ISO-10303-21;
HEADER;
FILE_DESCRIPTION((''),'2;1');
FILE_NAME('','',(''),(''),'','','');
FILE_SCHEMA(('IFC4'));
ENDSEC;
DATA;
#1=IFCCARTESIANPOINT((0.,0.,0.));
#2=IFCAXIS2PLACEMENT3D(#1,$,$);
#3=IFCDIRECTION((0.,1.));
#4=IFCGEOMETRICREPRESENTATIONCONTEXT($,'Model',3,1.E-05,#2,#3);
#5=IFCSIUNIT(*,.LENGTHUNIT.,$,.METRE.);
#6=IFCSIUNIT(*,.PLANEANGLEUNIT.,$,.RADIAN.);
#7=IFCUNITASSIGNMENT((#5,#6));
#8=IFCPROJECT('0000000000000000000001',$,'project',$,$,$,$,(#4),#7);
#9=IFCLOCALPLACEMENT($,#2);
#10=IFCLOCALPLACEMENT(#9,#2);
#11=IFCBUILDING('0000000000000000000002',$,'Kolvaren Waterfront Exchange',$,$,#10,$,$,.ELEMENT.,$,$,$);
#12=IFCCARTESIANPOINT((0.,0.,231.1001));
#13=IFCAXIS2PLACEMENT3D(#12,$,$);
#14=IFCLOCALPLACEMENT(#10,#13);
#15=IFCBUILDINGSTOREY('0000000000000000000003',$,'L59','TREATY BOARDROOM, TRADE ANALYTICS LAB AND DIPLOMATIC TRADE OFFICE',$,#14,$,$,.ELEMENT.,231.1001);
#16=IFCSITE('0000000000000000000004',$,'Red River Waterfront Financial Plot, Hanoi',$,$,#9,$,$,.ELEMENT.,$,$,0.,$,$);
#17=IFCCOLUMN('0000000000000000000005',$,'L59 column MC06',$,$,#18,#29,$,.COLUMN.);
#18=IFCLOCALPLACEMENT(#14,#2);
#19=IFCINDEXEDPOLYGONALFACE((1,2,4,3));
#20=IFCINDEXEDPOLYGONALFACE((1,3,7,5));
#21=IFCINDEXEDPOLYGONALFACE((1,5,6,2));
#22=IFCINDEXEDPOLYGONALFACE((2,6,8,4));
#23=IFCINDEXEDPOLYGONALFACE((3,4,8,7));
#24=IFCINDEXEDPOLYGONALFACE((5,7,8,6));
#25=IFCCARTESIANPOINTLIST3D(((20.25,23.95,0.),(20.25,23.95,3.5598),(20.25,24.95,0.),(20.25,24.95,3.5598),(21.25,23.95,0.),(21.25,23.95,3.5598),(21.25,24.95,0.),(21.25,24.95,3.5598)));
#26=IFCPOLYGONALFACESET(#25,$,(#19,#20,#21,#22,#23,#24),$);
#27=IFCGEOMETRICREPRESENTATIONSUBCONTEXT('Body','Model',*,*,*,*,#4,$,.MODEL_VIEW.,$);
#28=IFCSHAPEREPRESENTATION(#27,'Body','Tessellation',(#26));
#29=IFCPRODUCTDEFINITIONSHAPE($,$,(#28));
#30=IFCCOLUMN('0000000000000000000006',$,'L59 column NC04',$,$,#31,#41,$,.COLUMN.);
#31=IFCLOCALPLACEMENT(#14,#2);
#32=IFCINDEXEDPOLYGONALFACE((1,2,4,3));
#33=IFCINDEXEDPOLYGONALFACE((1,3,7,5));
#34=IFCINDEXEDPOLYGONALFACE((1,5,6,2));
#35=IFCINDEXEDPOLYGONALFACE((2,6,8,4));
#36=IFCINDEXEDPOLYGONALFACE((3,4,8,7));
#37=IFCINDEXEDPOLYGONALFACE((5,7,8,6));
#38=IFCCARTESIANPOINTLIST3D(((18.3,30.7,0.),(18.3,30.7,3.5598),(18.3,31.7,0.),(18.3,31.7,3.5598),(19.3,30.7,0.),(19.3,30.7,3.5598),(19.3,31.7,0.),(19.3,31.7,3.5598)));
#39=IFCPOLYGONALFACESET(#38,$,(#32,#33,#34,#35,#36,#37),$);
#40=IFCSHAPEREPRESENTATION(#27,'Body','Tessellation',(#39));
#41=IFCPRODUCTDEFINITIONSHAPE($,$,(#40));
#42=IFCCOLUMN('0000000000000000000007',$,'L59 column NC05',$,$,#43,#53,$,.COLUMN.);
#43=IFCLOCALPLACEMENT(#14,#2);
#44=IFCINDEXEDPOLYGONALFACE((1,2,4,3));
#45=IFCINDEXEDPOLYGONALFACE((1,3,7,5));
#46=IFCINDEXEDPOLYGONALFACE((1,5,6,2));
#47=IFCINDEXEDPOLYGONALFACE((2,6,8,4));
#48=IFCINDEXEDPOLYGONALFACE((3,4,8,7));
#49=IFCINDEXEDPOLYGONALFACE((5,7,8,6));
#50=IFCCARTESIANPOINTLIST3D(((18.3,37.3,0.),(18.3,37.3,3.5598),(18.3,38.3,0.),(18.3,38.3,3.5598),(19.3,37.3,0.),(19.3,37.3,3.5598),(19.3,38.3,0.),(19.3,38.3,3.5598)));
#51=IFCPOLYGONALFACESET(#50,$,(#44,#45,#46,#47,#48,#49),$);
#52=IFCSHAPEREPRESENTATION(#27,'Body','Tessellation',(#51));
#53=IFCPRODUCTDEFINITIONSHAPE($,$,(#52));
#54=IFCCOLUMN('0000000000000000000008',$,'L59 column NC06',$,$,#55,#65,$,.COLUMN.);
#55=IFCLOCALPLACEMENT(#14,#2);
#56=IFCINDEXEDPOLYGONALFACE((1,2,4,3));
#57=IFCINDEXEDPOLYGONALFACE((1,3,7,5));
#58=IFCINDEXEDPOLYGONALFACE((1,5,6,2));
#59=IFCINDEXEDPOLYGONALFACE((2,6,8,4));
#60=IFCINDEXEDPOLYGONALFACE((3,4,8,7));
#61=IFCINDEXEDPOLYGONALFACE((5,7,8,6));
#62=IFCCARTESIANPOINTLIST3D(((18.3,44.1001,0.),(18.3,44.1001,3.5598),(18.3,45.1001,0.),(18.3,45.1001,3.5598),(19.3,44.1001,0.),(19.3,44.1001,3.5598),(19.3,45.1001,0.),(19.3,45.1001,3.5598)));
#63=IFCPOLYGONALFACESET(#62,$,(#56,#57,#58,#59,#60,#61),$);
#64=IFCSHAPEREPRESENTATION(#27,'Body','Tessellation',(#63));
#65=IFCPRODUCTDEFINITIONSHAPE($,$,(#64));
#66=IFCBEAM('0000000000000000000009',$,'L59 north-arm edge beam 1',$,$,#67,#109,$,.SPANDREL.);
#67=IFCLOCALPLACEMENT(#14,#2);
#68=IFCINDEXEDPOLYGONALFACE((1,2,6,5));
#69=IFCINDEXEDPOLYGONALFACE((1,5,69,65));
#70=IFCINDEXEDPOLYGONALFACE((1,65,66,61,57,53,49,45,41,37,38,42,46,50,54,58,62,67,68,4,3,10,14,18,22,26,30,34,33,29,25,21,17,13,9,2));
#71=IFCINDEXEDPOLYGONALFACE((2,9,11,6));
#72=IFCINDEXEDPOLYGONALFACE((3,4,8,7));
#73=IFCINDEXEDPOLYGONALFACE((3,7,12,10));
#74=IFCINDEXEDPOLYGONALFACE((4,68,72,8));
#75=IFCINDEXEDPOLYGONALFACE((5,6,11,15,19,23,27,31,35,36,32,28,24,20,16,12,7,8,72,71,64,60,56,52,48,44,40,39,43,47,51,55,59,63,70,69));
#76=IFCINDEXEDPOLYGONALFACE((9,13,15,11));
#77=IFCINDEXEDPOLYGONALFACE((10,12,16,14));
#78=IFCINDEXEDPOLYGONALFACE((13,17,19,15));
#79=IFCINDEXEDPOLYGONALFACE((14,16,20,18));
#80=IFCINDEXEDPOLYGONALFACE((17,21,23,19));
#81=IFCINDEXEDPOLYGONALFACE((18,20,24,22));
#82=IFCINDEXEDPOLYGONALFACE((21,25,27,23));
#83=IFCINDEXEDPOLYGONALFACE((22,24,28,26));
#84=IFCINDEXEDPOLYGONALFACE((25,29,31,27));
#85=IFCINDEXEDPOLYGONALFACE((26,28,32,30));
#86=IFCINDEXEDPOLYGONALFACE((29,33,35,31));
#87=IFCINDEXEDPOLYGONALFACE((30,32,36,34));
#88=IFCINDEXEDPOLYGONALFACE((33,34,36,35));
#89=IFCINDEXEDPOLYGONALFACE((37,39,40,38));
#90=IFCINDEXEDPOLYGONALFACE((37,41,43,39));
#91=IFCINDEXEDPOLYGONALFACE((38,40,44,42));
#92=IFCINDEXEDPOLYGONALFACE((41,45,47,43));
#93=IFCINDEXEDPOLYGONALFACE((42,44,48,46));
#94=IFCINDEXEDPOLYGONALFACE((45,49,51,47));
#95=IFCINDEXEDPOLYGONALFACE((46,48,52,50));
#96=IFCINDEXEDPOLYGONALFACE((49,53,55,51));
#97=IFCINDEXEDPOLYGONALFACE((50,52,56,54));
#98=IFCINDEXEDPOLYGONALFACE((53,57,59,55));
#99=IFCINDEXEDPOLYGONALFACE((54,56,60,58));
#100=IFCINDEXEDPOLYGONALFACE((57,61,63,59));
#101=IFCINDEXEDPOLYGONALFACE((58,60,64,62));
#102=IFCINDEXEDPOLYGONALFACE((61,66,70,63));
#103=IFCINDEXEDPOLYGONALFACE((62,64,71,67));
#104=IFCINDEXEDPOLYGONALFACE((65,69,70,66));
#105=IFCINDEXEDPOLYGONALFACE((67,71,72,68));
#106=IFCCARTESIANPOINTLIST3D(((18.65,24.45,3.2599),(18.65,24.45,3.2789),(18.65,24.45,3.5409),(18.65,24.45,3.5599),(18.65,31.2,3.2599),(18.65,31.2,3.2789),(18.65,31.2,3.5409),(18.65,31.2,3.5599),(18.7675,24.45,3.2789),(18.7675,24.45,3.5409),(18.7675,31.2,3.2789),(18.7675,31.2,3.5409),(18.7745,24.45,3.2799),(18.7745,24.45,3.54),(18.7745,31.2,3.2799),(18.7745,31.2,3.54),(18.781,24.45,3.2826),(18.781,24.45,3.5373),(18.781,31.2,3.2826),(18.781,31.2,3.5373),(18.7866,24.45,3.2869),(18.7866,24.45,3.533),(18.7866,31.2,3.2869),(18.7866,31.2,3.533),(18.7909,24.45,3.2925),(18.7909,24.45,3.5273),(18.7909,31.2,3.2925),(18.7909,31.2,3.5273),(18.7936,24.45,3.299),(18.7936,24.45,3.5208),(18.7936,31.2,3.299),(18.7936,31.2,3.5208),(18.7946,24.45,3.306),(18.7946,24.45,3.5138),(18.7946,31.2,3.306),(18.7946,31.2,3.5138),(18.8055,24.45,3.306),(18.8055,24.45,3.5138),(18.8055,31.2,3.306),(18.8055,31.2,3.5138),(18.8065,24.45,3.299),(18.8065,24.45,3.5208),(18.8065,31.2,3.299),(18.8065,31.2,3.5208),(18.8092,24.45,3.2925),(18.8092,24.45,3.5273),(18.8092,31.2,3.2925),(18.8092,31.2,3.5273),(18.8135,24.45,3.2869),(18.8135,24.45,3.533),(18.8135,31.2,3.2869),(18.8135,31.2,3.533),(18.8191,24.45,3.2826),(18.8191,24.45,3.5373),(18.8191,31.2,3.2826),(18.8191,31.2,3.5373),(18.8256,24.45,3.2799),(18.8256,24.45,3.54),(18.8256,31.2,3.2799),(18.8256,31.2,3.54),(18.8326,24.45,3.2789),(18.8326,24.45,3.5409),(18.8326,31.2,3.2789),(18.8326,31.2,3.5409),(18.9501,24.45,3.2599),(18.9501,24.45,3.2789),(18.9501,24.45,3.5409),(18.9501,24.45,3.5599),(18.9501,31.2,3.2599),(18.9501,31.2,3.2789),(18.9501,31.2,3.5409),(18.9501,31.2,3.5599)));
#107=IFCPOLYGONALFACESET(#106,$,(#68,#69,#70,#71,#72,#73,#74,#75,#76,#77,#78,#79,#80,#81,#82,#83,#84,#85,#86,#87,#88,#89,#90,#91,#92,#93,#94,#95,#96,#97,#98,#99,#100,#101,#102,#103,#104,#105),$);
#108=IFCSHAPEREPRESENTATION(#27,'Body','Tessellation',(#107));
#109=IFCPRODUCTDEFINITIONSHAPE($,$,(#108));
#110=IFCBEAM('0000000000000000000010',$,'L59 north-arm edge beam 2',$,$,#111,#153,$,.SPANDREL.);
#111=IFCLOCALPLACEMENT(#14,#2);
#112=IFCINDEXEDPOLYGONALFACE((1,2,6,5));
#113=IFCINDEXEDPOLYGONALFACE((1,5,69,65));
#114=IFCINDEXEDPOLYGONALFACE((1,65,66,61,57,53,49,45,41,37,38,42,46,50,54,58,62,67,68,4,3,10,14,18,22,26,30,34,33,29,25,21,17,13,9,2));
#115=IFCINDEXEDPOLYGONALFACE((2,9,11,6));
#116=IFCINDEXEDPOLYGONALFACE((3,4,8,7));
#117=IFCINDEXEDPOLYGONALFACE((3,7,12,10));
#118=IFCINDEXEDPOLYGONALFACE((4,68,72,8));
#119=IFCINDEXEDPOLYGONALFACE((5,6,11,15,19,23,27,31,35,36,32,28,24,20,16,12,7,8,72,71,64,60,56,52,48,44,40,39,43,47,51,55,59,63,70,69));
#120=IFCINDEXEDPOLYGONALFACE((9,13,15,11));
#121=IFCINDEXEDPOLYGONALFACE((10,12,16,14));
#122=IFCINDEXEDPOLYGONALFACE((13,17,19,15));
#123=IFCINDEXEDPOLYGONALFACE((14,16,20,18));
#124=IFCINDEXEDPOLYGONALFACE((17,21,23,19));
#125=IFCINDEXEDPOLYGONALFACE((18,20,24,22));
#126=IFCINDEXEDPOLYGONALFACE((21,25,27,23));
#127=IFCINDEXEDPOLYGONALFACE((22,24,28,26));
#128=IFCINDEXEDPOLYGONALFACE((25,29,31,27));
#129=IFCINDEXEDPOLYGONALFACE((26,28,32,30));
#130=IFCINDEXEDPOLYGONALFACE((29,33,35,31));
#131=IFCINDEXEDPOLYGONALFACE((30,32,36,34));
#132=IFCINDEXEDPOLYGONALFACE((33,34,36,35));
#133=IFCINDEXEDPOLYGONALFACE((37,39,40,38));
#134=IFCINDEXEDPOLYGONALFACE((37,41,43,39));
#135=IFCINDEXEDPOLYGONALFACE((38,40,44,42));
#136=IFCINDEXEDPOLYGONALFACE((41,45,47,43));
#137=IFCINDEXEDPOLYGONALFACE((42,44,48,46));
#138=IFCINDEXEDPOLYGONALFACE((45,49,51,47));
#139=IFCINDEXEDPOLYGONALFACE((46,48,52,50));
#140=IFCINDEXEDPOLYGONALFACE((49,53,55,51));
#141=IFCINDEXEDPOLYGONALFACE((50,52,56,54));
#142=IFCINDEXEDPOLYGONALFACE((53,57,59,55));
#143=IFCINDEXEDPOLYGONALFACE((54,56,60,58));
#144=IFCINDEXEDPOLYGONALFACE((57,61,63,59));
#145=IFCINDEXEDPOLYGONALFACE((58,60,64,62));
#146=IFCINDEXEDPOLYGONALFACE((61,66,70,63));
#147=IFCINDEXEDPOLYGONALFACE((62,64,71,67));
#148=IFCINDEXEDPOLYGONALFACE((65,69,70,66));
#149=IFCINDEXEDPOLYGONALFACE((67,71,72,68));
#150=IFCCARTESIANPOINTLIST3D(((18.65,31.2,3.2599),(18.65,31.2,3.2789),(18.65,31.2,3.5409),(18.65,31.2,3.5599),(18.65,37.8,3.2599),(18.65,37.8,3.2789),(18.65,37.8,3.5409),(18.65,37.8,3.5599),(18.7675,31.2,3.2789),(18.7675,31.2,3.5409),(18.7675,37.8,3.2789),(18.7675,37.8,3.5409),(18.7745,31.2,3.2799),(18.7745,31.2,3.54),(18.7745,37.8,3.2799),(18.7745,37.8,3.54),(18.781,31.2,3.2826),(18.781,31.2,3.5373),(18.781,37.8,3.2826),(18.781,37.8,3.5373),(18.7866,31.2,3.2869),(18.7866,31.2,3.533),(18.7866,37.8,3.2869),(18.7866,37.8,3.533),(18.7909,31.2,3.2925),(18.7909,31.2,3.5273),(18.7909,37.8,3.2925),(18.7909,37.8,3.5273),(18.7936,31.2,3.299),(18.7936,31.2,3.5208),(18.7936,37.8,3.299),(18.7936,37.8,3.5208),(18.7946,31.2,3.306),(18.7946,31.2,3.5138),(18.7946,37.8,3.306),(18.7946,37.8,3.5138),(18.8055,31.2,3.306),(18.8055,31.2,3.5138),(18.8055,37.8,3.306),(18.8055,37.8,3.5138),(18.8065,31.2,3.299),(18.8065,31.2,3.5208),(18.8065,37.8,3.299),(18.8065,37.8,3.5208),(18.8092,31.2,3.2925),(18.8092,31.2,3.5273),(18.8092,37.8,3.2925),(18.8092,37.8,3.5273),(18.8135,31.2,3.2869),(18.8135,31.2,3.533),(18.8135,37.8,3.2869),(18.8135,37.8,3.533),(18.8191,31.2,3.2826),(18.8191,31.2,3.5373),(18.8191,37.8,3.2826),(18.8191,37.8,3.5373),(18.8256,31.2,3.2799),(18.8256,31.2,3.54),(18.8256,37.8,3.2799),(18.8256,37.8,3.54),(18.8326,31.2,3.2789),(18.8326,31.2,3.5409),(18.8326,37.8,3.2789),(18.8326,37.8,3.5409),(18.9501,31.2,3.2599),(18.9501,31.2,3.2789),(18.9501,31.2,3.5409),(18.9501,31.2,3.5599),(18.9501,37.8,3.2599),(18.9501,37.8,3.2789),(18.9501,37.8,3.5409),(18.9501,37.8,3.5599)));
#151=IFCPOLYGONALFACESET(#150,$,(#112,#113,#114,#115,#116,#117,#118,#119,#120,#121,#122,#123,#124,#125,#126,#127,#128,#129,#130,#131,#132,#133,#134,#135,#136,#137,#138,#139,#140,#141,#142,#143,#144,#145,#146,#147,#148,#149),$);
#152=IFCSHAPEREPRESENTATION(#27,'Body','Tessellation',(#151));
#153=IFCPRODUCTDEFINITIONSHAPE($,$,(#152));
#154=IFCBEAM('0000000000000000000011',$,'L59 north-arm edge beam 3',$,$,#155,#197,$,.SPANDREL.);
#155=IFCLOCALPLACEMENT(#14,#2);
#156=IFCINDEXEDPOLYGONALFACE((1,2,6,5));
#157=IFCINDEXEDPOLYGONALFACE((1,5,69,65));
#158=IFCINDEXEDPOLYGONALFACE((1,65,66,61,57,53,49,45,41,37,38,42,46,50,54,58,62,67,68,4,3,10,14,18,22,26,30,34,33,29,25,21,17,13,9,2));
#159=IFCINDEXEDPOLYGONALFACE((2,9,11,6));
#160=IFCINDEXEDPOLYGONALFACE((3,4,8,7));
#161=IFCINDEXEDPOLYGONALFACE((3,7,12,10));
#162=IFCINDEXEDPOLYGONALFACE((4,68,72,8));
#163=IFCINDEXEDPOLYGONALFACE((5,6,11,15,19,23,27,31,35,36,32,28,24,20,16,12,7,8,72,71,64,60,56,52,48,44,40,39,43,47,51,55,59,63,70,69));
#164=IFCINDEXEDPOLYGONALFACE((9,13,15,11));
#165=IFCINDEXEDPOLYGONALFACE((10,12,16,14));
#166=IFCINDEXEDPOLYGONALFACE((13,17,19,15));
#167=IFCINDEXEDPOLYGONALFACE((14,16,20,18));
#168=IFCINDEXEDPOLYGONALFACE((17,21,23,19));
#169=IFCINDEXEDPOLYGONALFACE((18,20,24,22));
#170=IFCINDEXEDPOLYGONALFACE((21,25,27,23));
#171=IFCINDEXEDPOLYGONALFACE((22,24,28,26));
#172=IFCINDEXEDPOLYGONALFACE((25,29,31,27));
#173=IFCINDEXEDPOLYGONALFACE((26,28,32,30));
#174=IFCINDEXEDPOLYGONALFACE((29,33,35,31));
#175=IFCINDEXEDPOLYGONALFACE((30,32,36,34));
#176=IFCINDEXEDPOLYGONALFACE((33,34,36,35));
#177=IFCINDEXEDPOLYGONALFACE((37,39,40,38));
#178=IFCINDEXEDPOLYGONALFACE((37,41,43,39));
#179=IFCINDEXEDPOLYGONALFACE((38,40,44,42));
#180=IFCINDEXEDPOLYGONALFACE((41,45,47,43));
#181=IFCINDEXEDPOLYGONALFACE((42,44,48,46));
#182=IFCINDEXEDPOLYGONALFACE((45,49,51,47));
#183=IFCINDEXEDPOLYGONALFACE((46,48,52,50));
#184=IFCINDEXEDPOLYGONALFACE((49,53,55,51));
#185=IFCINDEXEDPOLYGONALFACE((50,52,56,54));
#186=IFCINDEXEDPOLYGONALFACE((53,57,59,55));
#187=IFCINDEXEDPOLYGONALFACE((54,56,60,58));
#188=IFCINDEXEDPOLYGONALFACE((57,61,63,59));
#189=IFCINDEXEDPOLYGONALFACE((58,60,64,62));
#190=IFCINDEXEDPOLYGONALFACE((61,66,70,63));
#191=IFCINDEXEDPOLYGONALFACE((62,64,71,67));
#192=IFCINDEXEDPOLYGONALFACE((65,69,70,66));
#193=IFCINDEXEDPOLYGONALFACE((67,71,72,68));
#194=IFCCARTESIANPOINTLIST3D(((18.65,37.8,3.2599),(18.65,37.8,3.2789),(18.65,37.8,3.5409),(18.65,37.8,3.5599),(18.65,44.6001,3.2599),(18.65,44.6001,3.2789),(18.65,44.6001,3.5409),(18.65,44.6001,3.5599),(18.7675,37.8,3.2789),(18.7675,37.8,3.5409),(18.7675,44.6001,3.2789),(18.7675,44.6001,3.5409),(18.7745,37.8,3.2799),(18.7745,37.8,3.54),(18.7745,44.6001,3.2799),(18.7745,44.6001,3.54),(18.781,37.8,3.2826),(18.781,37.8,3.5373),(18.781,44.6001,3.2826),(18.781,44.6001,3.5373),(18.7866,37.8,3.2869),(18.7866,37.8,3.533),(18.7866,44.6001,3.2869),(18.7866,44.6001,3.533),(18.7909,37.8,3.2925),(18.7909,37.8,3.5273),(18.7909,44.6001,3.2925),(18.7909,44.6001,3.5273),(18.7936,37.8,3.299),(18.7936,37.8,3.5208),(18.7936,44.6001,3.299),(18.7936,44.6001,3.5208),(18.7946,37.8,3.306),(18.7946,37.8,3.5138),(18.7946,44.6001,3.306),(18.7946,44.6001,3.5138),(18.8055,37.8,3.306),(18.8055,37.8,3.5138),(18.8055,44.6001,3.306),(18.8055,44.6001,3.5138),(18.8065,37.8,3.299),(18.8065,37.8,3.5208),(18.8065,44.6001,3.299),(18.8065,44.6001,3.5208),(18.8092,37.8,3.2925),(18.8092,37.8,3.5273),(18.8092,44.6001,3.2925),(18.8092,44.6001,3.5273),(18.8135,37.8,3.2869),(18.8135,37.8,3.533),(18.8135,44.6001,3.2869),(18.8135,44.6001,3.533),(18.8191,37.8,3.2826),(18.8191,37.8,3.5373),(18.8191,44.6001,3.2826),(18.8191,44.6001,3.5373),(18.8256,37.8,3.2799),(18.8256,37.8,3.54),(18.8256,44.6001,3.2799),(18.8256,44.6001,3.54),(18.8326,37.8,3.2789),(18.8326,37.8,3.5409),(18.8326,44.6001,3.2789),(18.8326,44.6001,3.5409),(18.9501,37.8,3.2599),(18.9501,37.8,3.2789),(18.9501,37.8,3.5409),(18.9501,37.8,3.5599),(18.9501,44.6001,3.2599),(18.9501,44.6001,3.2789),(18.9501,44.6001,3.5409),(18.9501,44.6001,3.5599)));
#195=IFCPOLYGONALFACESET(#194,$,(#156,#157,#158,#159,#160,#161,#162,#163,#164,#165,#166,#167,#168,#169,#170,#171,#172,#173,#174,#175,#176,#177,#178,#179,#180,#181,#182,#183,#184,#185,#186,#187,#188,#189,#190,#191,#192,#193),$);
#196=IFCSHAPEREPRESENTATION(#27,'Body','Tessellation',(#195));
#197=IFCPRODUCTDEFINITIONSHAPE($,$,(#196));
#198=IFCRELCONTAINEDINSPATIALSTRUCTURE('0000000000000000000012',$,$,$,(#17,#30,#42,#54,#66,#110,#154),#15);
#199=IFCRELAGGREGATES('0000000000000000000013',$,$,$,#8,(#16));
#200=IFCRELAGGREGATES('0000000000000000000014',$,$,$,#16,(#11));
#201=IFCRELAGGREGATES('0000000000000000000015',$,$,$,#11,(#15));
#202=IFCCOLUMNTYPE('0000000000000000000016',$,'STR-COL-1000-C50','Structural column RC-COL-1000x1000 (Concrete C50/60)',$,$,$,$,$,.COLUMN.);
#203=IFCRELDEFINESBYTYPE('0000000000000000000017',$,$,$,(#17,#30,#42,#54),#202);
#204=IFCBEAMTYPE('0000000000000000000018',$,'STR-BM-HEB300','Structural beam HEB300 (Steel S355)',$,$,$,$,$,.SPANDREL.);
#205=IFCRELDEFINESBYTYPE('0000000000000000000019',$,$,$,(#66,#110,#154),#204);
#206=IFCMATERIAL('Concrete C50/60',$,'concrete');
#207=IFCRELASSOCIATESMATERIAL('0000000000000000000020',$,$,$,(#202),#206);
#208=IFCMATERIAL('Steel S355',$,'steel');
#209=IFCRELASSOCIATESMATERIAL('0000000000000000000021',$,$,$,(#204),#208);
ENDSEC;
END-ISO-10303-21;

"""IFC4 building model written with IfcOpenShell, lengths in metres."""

from ifc_helpers import new_model, si_unit, direction, frame, origin, origin_2d, place, context, subcontext, project, spatial, rectangle, i_section, extrude, material, material_profile, profile_set, type_object, element, save


model = new_model("IFC4")

# Units and contexts
model_context = context("Model", 3, precision=1e-05, world=origin(), true_north=direction((0.0, 1.0)))
body_context = subcontext(model_context, "Body", "Model", "MODEL_VIEW")
ifc_project = project(units=[si_unit("LENGTHUNIT", "METRE"), si_unit("PLANEANGLEUNIT", "RADIAN")], contexts=[model_context])

# Site, building, storey
site_placement = place(None, origin())
site = spatial("IfcSite", under=ifc_project, at=site_placement, Name="Red River Waterfront Financial Plot, Hanoi", CompositionType="ELEMENT", RefElevation=0.0)
building_placement = place(site_placement, origin())
building = spatial("IfcBuilding", under=site, at=building_placement, Name="Kolvaren Waterfront Exchange", CompositionType="ELEMENT")
storey_placement = place(building_placement, frame((0.0, 0.0, 231.1001)))
storey = spatial("IfcBuildingStorey", under=building, at=storey_placement, Name="L59", Description="TREATY BOARDROOM, TRADE ANALYTICS LAB AND DIPLOMATIC TRADE OFFICE", CompositionType="ELEMENT", Elevation=231.1001)

# Columns
ifc_material_1 = material(Name="Concrete C50/60", Category="concrete")
ifc_material_profile_1 = material_profile(ifc_material_1, rectangle(XDim=1.0, YDim=1.0, at=origin_2d()), Name="RC-COL-1000x1000")
ifc_profile_set_1 = profile_set([ifc_material_profile_1], Name="Concrete C50/60")
column_type = type_object("IfcColumnType", Name="STR-COL-1000-C50", Description="Structural column RC-COL-1000x1000 (Concrete C50/60)", PredefinedType="COLUMN", material=ifc_profile_set_1)
for number, where, z_axis, x_axis, name in (
    (1, (20.75, 24.45, 0.0), (0.0, 0.0, 1.0), (1.0, 0.0, 0.0), "L59 column MC06"),
    (2, (18.8, 31.2, 0.0), (0.0, 0.0, 1.0), (1.0, 0.0, 0.0), "L59 column NC04"),
    (3, (18.8, 37.8, 0.0), (0.0, 0.0, 1.0), (1.0, 0.0, 0.0), "L59 column NC05"),
    (4, (18.8, 44.6001, 0.0), (0.0, 0.0, 1.0), (1.0, 0.0, 0.0), "L59 column NC06"),
):
    element("IfcColumn", number, at=place(storey_placement, frame(where, z_axis=z_axis, x_axis=x_axis)), inside=storey, type_object=column_type, Name=name, PredefinedType="COLUMN", context=body_context, shape_type="SweptSolid", body=[
        extrude(rectangle(XDim=1.0, YDim=1.0, at=origin_2d()), origin(), (0.0, 0.0, 1.0), 3.5598),
    ])

# Beams
ifc_material_2 = material(Name="Steel S355", Category="steel")
ifc_material_profile_2 = material_profile(ifc_material_2, i_section(OverallWidth=0.3, OverallDepth=0.3, WebThickness=0.011, FlangeThickness=0.019, FilletRadius=0.0271, at=origin_2d()), Name="HEB300")
ifc_profile_set_2 = profile_set([ifc_material_profile_2], Name="Steel S355")
beam_type = type_object("IfcBeamType", Name="STR-BM-HEB300", Description="Structural beam HEB300 (Steel S355)", PredefinedType="SPANDREL", material=ifc_profile_set_2)
beam_1_placement = place(storey_placement, frame((18.8, 24.45, 3.4099), z_axis=(0.0, 1.0, 0.0), x_axis=(-1.0, 0.0, 0.0)))
element("IfcBeam", 5, at=beam_1_placement, inside=storey, type_object=beam_type, Name="L59 north-arm edge beam 1", PredefinedType="SPANDREL", context=body_context, shape_type="SweptSolid", body=[
    extrude(i_section(OverallWidth=0.3, OverallDepth=0.3, WebThickness=0.011, FlangeThickness=0.019, FilletRadius=0.0271, at=origin_2d()), origin(), (0.0, 0.0, 1.0), 6.75),
])
beam_2_placement = place(storey_placement, frame((18.8, 31.2, 3.4099), z_axis=(0.0, 1.0, 0.0), x_axis=(-1.0, 0.0, 0.0)))
element("IfcBeam", 6, at=beam_2_placement, inside=storey, type_object=beam_type, Name="L59 north-arm edge beam 2", PredefinedType="SPANDREL", context=body_context, shape_type="SweptSolid", body=[
    extrude(i_section(OverallWidth=0.3, OverallDepth=0.3, WebThickness=0.011, FlangeThickness=0.019, FilletRadius=0.0271, at=origin_2d()), origin(), (0.0, 0.0, 1.0), 6.6001),
])
beam_3_placement = place(storey_placement, frame((18.8, 37.8, 3.4099), z_axis=(0.0, 1.0, 0.0), x_axis=(-1.0, 0.0, 0.0)))
element("IfcBeam", 7, at=beam_3_placement, inside=storey, type_object=beam_type, Name="L59 north-arm edge beam 3", PredefinedType="SPANDREL", context=body_context, shape_type="SweptSolid", body=[
    extrude(i_section(OverallWidth=0.3, OverallDepth=0.3, WebThickness=0.011, FlangeThickness=0.019, FilletRadius=0.0271, at=origin_2d()), origin(), (0.0, 0.0, 1.0), 6.8),
])

save(model, "model.ifc")
